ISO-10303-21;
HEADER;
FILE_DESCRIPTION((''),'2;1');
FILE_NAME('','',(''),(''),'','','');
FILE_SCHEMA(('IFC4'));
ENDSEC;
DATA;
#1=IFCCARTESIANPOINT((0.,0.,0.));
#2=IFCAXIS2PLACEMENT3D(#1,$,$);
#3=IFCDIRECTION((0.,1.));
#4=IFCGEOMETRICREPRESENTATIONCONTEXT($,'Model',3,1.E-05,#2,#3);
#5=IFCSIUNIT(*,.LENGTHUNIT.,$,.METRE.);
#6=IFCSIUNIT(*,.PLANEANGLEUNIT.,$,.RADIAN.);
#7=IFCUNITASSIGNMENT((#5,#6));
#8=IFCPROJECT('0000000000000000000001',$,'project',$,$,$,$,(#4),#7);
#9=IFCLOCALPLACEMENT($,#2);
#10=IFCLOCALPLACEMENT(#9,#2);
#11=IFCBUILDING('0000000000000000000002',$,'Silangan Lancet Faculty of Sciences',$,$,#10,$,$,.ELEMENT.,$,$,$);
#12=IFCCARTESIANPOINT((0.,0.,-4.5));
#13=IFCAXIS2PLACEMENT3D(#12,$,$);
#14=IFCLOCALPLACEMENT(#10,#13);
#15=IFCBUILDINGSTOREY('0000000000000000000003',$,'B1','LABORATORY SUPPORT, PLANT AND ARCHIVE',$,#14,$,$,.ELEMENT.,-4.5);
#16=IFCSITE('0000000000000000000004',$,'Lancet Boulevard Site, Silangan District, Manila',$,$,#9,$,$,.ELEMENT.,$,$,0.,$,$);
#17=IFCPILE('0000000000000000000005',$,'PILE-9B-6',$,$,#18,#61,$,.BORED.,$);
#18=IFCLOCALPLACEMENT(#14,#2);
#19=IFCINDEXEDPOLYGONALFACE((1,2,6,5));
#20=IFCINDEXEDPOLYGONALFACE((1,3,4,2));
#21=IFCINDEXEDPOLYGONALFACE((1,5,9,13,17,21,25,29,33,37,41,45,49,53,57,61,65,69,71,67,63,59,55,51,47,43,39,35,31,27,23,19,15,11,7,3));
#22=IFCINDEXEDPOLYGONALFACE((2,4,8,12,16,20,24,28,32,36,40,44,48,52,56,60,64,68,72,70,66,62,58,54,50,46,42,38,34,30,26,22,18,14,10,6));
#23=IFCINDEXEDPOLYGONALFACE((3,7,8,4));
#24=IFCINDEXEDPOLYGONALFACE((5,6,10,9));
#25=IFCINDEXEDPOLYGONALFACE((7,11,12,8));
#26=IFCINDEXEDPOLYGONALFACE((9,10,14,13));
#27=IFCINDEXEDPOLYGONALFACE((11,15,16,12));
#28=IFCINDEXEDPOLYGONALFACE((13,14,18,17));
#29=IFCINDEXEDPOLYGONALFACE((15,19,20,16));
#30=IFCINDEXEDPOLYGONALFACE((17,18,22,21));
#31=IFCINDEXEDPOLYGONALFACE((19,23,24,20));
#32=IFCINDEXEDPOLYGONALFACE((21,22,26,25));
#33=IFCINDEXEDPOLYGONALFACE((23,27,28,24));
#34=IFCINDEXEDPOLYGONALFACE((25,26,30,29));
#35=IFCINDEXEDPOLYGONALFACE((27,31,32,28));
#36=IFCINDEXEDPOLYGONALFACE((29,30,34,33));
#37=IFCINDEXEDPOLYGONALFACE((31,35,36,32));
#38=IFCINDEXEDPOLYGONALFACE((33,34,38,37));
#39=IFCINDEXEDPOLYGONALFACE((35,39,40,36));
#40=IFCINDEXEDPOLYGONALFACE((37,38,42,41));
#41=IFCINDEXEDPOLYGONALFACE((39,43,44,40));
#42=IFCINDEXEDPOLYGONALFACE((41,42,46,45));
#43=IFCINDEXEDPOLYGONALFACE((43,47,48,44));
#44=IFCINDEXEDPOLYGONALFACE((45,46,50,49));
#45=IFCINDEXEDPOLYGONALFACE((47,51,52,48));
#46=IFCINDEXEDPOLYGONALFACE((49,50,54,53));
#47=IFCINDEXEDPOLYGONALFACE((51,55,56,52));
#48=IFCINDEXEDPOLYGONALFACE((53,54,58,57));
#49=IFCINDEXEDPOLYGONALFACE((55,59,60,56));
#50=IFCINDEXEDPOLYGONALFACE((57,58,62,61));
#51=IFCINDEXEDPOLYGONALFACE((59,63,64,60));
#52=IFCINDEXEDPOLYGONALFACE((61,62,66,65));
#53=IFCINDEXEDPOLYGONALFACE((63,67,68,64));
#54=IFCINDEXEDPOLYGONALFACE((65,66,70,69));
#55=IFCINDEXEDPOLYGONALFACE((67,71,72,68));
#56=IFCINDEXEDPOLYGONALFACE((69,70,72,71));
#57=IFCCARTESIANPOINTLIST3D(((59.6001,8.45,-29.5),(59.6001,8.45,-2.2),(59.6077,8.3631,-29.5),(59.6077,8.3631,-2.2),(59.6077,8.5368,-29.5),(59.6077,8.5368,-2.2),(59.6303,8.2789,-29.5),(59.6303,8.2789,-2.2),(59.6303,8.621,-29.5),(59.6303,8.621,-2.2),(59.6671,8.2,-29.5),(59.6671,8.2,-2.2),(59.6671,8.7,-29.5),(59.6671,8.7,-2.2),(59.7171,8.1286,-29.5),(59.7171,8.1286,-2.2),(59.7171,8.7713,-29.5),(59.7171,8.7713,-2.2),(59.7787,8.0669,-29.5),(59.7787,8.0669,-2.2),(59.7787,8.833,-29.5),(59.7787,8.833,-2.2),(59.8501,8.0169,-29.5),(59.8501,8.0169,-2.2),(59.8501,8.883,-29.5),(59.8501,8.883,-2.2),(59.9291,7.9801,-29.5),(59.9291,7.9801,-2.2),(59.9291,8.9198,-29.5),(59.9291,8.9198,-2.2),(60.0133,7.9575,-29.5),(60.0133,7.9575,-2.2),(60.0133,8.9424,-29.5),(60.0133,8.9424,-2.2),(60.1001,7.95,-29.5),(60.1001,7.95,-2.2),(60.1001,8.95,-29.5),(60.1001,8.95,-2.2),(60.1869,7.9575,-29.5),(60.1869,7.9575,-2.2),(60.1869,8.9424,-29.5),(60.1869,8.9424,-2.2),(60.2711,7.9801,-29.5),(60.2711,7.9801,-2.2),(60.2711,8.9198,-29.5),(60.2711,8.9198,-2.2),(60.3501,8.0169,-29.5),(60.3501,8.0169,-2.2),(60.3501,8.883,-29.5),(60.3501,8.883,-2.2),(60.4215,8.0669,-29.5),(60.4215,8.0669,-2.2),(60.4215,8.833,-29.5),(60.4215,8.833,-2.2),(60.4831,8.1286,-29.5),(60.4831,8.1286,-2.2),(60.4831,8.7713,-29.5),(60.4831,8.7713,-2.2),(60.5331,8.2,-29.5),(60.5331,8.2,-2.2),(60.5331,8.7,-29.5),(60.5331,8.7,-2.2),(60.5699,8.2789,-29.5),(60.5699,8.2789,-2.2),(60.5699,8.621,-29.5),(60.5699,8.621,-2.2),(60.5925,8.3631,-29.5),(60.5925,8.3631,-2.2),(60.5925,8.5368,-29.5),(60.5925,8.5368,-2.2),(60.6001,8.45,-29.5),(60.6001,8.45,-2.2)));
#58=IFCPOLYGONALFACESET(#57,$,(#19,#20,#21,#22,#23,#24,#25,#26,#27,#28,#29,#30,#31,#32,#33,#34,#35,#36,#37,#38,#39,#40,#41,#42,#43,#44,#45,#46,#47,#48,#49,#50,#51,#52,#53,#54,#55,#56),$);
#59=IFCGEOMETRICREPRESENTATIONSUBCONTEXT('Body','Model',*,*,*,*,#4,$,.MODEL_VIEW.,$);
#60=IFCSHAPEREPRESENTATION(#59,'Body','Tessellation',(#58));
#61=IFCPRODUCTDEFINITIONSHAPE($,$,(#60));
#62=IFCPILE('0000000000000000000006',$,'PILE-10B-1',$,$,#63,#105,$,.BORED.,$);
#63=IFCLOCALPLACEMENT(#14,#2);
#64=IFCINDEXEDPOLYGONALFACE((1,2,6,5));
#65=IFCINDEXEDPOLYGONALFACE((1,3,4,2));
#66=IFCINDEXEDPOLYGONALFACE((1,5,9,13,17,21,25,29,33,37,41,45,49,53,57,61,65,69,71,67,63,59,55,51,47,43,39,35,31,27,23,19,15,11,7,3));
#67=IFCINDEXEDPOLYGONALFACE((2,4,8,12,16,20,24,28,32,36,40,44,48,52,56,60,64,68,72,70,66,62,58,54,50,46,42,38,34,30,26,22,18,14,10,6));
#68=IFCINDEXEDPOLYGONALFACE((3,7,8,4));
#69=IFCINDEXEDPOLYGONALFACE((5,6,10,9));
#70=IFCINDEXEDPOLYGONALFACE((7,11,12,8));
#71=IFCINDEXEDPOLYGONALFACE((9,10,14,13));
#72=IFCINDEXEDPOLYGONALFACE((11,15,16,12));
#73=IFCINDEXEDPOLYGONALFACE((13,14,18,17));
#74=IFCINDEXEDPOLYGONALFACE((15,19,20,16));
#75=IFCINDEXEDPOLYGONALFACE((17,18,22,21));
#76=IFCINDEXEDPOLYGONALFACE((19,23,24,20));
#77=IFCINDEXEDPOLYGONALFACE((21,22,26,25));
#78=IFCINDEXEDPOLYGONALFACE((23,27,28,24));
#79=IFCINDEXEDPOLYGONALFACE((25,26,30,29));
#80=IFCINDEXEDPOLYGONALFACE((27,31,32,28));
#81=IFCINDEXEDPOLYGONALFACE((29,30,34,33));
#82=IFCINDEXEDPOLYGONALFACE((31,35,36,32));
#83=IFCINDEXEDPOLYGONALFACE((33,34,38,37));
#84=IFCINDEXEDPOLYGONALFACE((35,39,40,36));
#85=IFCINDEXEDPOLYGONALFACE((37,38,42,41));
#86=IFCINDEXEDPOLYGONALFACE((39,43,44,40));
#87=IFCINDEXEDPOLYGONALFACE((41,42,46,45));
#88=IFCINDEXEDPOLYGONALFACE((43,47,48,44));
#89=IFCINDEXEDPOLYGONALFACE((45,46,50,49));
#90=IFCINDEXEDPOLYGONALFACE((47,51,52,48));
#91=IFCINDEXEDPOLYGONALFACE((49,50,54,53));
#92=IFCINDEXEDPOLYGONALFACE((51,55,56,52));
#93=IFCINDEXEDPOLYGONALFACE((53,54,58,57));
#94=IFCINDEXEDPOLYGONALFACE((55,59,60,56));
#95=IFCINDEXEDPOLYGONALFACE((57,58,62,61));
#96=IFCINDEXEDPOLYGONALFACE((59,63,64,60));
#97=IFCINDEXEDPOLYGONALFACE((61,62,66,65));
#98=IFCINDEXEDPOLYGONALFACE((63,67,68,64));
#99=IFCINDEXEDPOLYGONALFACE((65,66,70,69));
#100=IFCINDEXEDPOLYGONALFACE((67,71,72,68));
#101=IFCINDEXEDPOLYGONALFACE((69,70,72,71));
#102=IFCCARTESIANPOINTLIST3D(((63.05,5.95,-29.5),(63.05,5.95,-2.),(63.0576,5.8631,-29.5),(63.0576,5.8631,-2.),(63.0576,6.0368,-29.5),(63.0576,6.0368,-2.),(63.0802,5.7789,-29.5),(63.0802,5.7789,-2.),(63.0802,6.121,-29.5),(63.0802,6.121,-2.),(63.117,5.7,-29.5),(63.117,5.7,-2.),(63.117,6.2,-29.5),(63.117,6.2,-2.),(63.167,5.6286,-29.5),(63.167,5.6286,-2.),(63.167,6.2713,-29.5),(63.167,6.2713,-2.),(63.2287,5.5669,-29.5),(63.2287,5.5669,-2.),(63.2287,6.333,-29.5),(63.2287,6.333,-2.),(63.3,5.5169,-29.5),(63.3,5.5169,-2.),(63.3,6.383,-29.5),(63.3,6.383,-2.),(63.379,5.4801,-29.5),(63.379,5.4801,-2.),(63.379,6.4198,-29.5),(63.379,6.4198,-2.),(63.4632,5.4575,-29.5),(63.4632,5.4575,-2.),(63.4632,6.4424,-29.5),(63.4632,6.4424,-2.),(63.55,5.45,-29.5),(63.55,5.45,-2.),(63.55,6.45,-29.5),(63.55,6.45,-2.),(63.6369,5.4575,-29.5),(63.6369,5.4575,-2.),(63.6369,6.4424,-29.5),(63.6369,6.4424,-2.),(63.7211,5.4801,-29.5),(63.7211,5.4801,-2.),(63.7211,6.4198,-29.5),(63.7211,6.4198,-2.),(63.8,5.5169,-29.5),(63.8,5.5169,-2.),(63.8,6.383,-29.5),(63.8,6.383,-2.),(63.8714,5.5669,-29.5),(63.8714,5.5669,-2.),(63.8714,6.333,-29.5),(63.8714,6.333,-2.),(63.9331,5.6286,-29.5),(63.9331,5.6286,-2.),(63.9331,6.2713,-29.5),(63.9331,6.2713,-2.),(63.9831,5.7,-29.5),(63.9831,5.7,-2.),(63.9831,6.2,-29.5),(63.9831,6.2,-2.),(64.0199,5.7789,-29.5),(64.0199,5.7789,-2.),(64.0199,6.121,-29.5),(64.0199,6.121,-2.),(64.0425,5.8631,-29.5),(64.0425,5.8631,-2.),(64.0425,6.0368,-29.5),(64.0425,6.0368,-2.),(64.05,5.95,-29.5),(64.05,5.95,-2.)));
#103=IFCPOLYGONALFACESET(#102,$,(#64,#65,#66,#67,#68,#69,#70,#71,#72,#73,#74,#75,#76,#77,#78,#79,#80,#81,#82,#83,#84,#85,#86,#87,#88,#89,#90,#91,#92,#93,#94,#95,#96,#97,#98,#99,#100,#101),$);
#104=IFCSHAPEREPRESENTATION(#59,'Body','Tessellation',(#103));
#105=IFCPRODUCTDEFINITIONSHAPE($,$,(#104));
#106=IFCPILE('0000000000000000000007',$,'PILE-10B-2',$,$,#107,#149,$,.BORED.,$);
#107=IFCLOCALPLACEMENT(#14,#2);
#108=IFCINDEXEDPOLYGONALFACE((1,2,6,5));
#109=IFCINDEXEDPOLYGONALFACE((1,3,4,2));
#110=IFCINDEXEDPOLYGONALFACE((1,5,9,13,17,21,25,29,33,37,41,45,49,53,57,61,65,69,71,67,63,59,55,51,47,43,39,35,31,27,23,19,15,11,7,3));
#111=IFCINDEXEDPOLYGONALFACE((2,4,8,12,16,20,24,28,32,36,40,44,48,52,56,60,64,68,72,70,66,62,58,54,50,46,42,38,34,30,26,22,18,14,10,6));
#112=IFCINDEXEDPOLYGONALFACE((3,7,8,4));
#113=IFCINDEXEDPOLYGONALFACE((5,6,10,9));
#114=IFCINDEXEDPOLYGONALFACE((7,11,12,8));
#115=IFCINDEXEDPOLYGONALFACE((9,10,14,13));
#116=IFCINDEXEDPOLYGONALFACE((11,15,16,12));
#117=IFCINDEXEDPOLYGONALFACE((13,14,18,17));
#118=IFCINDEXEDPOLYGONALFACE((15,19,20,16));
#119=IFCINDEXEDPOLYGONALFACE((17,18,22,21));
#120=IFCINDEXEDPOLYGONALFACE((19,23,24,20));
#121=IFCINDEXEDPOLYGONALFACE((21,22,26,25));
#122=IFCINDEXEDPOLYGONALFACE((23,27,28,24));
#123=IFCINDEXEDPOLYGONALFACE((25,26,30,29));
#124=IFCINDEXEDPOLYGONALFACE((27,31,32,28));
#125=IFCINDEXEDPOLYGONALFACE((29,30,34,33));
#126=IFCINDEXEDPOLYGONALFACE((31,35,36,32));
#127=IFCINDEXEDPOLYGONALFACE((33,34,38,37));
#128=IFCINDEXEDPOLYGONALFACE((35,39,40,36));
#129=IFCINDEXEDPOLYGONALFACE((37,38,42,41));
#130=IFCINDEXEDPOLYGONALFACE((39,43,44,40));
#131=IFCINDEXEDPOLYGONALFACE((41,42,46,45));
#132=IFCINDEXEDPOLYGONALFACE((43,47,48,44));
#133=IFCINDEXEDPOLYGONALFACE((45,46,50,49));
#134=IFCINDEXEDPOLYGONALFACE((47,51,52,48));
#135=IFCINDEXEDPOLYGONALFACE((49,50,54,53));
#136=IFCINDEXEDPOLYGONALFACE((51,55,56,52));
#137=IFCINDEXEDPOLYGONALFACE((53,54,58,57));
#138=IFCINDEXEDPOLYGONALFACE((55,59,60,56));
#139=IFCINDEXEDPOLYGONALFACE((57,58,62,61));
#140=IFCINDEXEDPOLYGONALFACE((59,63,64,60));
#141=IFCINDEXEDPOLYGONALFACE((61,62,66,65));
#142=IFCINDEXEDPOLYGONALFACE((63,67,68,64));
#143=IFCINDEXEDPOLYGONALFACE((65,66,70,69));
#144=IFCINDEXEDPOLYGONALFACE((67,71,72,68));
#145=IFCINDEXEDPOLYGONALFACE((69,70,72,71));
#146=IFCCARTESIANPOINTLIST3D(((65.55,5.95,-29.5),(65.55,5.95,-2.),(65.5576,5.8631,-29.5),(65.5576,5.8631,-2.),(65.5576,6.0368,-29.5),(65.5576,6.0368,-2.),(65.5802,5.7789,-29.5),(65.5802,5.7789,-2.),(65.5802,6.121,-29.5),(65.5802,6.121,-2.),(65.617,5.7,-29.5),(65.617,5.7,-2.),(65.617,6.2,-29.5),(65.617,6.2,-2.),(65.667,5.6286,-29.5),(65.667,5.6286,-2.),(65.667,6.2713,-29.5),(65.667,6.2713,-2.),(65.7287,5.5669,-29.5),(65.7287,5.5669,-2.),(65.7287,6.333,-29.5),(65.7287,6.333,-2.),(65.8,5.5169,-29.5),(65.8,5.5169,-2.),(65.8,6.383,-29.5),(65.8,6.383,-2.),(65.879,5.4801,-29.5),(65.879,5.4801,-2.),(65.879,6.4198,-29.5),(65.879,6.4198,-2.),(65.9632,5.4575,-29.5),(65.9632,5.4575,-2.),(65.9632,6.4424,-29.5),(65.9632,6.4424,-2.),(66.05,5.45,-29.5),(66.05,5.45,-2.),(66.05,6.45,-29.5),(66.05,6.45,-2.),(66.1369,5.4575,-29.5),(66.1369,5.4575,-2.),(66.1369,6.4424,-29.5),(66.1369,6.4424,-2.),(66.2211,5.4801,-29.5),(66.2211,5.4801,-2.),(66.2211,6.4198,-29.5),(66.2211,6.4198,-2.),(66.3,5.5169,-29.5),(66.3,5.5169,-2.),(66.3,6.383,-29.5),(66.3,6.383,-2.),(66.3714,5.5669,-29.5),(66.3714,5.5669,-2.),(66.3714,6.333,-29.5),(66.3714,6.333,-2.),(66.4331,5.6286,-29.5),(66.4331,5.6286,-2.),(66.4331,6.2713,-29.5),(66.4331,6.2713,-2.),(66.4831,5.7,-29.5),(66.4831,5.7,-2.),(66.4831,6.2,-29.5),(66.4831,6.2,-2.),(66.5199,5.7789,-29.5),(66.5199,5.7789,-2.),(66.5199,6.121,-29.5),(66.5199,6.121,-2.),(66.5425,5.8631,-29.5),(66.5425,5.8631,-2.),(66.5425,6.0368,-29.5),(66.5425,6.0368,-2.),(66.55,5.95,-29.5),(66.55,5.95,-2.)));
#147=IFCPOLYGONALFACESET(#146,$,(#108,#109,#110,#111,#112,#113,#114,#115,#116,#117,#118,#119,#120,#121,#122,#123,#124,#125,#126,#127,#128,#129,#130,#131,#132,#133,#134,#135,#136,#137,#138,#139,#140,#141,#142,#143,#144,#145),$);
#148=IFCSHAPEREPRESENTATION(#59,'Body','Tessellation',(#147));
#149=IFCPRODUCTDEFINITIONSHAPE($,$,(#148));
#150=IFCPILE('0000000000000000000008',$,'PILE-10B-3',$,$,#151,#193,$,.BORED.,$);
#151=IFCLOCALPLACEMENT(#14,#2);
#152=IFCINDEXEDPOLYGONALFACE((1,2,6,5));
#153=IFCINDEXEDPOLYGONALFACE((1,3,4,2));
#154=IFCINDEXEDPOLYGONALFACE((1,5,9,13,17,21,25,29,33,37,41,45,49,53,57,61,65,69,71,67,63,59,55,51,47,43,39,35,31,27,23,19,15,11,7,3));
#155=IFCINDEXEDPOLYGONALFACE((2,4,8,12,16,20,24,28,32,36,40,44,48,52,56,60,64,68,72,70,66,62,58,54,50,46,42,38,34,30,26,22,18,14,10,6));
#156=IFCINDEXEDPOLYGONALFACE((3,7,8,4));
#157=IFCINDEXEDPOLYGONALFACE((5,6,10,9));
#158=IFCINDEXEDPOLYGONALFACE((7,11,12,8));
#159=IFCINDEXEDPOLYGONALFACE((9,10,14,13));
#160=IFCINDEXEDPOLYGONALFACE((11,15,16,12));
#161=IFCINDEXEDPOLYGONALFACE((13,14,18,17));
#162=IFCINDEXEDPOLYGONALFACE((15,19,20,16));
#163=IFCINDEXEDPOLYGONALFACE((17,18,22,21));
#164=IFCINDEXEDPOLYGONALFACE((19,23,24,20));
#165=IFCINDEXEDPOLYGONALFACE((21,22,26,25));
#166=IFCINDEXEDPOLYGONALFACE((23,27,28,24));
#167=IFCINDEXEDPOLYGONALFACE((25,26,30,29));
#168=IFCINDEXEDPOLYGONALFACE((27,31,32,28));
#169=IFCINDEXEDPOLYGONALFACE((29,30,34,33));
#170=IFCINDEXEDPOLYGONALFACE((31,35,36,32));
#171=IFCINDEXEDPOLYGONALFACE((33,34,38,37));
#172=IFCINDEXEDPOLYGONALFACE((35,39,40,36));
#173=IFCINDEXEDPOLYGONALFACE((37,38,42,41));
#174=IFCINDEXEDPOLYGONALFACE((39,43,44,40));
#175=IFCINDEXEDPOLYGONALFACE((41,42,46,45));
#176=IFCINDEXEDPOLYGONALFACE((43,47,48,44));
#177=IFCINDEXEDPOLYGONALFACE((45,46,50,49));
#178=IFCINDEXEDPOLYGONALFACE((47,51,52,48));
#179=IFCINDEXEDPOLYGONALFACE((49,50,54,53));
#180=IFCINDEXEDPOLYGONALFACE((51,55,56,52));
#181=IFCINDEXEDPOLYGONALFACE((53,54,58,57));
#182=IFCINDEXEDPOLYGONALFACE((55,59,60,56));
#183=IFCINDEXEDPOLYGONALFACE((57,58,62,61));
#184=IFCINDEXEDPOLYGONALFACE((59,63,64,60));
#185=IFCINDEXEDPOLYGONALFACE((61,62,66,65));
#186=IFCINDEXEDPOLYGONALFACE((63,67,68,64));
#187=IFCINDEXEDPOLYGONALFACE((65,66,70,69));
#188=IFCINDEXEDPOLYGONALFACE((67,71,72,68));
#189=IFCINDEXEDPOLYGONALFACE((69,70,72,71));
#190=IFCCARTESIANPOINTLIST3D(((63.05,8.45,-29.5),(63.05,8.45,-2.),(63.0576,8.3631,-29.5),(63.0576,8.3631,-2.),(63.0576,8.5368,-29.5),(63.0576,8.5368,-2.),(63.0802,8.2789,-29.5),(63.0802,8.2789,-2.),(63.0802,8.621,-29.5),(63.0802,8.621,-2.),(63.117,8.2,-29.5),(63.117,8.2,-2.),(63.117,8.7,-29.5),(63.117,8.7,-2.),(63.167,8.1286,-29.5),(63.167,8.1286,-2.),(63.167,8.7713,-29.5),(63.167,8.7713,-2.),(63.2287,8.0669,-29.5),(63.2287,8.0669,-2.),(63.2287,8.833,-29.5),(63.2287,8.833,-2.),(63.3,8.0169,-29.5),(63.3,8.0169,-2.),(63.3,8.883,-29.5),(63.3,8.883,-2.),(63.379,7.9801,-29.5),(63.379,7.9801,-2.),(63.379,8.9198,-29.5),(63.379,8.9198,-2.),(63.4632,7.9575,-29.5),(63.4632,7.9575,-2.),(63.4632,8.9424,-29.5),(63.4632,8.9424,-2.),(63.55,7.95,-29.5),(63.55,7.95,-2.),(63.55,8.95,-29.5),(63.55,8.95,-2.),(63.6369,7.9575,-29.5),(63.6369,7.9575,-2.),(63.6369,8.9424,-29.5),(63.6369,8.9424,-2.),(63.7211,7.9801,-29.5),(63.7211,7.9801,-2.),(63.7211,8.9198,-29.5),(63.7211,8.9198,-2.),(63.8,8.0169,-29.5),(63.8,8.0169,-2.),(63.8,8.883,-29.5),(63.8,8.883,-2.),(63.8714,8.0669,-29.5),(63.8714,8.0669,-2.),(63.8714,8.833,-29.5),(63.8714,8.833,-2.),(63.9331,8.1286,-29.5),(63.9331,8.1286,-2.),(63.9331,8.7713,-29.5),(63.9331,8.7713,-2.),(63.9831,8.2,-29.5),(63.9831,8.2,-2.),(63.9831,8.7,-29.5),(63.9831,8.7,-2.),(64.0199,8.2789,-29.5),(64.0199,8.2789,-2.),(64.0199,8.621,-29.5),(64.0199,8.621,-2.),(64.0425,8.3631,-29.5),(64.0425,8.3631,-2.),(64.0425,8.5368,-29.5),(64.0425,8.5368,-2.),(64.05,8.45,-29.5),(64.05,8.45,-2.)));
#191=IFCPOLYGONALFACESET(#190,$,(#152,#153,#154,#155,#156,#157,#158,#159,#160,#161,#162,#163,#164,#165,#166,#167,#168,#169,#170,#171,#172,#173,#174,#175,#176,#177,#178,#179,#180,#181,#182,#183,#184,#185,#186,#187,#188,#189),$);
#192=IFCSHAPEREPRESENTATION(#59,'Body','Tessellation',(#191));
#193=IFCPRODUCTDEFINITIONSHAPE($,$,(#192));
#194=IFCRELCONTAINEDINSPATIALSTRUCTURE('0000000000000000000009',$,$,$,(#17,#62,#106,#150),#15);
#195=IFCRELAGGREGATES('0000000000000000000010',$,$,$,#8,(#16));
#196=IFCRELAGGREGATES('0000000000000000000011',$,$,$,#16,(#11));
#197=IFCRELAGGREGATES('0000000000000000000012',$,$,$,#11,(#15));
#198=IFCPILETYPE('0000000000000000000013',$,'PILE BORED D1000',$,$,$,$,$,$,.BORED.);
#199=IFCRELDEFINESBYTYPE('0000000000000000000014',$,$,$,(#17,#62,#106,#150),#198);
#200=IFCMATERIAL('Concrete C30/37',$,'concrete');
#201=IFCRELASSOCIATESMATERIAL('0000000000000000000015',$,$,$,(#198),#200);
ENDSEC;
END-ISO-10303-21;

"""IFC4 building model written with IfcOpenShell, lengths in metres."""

from ifc_helpers import new_model, si_unit, direction, frame, origin, origin_2d, place, context, subcontext, project, spatial, circle, extrude, material, material_profile, profile_set, type_object, element, save


model = new_model("IFC4")

# Units and contexts
model_context = context("Model", 3, precision=1e-05, world=origin(), true_north=direction((0.0, 1.0)))
body_context = subcontext(model_context, "Body", "Model", "MODEL_VIEW")
ifc_project = project(units=[si_unit("LENGTHUNIT", "METRE"), si_unit("PLANEANGLEUNIT", "RADIAN")], contexts=[model_context])

# Site, building, storey
site_placement = place(None, origin())
site = spatial("IfcSite", under=ifc_project, at=site_placement, Name="Lancet Boulevard Site, Silangan District, Manila", CompositionType="ELEMENT", RefElevation=0.0)
building_placement = place(site_placement, origin())
building = spatial("IfcBuilding", under=site, at=building_placement, Name="Silangan Lancet Faculty of Sciences", CompositionType="ELEMENT")
storey_placement = place(building_placement, frame((0.0, 0.0, -4.5)))
storey = spatial("IfcBuildingStorey", under=building, at=storey_placement, Name="B1", Description="LABORATORY SUPPORT, PLANT AND ARCHIVE", CompositionType="ELEMENT", Elevation=-4.5)

# Piles
ifc_material_1 = material(Name="Concrete C30/37", Category="concrete")
ifc_material_profile_1 = material_profile(ifc_material_1, circle(Radius=0.5, at=origin_2d()), Name="BORED PILE D1000")
ifc_profile_set_1 = profile_set([ifc_material_profile_1], Name="Concrete C30/37")
pile_type = type_object("IfcPileType", Name="PILE BORED D1000", PredefinedType="BORED", material=ifc_profile_set_1)
for number, where, z_axis, x_axis, name in (
    (1, (60.1001, 8.45, -2.2), (0.0, 0.0, -1.0), (1.0, 0.0, 0.0), "PILE-9B-6"),
):
    element("IfcPile", number, at=place(storey_placement, frame(where, z_axis=z_axis, x_axis=x_axis)), inside=storey, type_object=pile_type, Name=name, PredefinedType="BORED", context=body_context, shape_type="SweptSolid", body=[
        extrude(circle(Radius=0.5, at=origin_2d()), origin(), (0.0, 0.0, 1.0), 27.3),
    ])
for number, where, z_axis, x_axis, name in (
    (2, (63.55, 5.95, -2.0), (0.0, 0.0, -1.0), (1.0, 0.0, 0.0), "PILE-10B-1"),
    (3, (66.05, 5.95, -2.0), (0.0, 0.0, -1.0), (1.0, 0.0, 0.0), "PILE-10B-2"),
    (4, (63.55, 8.45, -2.0), (0.0, 0.0, -1.0), (1.0, 0.0, 0.0), "PILE-10B-3"),
):
    element("IfcPile", number, at=place(storey_placement, frame(where, z_axis=z_axis, x_axis=x_axis)), inside=storey, type_object=pile_type, Name=name, PredefinedType="BORED", context=body_context, shape_type="SweptSolid", body=[
        extrude(circle(Radius=0.5, at=origin_2d()), origin(), (0.0, 0.0, 1.0), 27.5),
    ])

save(model, "model.ifc")
